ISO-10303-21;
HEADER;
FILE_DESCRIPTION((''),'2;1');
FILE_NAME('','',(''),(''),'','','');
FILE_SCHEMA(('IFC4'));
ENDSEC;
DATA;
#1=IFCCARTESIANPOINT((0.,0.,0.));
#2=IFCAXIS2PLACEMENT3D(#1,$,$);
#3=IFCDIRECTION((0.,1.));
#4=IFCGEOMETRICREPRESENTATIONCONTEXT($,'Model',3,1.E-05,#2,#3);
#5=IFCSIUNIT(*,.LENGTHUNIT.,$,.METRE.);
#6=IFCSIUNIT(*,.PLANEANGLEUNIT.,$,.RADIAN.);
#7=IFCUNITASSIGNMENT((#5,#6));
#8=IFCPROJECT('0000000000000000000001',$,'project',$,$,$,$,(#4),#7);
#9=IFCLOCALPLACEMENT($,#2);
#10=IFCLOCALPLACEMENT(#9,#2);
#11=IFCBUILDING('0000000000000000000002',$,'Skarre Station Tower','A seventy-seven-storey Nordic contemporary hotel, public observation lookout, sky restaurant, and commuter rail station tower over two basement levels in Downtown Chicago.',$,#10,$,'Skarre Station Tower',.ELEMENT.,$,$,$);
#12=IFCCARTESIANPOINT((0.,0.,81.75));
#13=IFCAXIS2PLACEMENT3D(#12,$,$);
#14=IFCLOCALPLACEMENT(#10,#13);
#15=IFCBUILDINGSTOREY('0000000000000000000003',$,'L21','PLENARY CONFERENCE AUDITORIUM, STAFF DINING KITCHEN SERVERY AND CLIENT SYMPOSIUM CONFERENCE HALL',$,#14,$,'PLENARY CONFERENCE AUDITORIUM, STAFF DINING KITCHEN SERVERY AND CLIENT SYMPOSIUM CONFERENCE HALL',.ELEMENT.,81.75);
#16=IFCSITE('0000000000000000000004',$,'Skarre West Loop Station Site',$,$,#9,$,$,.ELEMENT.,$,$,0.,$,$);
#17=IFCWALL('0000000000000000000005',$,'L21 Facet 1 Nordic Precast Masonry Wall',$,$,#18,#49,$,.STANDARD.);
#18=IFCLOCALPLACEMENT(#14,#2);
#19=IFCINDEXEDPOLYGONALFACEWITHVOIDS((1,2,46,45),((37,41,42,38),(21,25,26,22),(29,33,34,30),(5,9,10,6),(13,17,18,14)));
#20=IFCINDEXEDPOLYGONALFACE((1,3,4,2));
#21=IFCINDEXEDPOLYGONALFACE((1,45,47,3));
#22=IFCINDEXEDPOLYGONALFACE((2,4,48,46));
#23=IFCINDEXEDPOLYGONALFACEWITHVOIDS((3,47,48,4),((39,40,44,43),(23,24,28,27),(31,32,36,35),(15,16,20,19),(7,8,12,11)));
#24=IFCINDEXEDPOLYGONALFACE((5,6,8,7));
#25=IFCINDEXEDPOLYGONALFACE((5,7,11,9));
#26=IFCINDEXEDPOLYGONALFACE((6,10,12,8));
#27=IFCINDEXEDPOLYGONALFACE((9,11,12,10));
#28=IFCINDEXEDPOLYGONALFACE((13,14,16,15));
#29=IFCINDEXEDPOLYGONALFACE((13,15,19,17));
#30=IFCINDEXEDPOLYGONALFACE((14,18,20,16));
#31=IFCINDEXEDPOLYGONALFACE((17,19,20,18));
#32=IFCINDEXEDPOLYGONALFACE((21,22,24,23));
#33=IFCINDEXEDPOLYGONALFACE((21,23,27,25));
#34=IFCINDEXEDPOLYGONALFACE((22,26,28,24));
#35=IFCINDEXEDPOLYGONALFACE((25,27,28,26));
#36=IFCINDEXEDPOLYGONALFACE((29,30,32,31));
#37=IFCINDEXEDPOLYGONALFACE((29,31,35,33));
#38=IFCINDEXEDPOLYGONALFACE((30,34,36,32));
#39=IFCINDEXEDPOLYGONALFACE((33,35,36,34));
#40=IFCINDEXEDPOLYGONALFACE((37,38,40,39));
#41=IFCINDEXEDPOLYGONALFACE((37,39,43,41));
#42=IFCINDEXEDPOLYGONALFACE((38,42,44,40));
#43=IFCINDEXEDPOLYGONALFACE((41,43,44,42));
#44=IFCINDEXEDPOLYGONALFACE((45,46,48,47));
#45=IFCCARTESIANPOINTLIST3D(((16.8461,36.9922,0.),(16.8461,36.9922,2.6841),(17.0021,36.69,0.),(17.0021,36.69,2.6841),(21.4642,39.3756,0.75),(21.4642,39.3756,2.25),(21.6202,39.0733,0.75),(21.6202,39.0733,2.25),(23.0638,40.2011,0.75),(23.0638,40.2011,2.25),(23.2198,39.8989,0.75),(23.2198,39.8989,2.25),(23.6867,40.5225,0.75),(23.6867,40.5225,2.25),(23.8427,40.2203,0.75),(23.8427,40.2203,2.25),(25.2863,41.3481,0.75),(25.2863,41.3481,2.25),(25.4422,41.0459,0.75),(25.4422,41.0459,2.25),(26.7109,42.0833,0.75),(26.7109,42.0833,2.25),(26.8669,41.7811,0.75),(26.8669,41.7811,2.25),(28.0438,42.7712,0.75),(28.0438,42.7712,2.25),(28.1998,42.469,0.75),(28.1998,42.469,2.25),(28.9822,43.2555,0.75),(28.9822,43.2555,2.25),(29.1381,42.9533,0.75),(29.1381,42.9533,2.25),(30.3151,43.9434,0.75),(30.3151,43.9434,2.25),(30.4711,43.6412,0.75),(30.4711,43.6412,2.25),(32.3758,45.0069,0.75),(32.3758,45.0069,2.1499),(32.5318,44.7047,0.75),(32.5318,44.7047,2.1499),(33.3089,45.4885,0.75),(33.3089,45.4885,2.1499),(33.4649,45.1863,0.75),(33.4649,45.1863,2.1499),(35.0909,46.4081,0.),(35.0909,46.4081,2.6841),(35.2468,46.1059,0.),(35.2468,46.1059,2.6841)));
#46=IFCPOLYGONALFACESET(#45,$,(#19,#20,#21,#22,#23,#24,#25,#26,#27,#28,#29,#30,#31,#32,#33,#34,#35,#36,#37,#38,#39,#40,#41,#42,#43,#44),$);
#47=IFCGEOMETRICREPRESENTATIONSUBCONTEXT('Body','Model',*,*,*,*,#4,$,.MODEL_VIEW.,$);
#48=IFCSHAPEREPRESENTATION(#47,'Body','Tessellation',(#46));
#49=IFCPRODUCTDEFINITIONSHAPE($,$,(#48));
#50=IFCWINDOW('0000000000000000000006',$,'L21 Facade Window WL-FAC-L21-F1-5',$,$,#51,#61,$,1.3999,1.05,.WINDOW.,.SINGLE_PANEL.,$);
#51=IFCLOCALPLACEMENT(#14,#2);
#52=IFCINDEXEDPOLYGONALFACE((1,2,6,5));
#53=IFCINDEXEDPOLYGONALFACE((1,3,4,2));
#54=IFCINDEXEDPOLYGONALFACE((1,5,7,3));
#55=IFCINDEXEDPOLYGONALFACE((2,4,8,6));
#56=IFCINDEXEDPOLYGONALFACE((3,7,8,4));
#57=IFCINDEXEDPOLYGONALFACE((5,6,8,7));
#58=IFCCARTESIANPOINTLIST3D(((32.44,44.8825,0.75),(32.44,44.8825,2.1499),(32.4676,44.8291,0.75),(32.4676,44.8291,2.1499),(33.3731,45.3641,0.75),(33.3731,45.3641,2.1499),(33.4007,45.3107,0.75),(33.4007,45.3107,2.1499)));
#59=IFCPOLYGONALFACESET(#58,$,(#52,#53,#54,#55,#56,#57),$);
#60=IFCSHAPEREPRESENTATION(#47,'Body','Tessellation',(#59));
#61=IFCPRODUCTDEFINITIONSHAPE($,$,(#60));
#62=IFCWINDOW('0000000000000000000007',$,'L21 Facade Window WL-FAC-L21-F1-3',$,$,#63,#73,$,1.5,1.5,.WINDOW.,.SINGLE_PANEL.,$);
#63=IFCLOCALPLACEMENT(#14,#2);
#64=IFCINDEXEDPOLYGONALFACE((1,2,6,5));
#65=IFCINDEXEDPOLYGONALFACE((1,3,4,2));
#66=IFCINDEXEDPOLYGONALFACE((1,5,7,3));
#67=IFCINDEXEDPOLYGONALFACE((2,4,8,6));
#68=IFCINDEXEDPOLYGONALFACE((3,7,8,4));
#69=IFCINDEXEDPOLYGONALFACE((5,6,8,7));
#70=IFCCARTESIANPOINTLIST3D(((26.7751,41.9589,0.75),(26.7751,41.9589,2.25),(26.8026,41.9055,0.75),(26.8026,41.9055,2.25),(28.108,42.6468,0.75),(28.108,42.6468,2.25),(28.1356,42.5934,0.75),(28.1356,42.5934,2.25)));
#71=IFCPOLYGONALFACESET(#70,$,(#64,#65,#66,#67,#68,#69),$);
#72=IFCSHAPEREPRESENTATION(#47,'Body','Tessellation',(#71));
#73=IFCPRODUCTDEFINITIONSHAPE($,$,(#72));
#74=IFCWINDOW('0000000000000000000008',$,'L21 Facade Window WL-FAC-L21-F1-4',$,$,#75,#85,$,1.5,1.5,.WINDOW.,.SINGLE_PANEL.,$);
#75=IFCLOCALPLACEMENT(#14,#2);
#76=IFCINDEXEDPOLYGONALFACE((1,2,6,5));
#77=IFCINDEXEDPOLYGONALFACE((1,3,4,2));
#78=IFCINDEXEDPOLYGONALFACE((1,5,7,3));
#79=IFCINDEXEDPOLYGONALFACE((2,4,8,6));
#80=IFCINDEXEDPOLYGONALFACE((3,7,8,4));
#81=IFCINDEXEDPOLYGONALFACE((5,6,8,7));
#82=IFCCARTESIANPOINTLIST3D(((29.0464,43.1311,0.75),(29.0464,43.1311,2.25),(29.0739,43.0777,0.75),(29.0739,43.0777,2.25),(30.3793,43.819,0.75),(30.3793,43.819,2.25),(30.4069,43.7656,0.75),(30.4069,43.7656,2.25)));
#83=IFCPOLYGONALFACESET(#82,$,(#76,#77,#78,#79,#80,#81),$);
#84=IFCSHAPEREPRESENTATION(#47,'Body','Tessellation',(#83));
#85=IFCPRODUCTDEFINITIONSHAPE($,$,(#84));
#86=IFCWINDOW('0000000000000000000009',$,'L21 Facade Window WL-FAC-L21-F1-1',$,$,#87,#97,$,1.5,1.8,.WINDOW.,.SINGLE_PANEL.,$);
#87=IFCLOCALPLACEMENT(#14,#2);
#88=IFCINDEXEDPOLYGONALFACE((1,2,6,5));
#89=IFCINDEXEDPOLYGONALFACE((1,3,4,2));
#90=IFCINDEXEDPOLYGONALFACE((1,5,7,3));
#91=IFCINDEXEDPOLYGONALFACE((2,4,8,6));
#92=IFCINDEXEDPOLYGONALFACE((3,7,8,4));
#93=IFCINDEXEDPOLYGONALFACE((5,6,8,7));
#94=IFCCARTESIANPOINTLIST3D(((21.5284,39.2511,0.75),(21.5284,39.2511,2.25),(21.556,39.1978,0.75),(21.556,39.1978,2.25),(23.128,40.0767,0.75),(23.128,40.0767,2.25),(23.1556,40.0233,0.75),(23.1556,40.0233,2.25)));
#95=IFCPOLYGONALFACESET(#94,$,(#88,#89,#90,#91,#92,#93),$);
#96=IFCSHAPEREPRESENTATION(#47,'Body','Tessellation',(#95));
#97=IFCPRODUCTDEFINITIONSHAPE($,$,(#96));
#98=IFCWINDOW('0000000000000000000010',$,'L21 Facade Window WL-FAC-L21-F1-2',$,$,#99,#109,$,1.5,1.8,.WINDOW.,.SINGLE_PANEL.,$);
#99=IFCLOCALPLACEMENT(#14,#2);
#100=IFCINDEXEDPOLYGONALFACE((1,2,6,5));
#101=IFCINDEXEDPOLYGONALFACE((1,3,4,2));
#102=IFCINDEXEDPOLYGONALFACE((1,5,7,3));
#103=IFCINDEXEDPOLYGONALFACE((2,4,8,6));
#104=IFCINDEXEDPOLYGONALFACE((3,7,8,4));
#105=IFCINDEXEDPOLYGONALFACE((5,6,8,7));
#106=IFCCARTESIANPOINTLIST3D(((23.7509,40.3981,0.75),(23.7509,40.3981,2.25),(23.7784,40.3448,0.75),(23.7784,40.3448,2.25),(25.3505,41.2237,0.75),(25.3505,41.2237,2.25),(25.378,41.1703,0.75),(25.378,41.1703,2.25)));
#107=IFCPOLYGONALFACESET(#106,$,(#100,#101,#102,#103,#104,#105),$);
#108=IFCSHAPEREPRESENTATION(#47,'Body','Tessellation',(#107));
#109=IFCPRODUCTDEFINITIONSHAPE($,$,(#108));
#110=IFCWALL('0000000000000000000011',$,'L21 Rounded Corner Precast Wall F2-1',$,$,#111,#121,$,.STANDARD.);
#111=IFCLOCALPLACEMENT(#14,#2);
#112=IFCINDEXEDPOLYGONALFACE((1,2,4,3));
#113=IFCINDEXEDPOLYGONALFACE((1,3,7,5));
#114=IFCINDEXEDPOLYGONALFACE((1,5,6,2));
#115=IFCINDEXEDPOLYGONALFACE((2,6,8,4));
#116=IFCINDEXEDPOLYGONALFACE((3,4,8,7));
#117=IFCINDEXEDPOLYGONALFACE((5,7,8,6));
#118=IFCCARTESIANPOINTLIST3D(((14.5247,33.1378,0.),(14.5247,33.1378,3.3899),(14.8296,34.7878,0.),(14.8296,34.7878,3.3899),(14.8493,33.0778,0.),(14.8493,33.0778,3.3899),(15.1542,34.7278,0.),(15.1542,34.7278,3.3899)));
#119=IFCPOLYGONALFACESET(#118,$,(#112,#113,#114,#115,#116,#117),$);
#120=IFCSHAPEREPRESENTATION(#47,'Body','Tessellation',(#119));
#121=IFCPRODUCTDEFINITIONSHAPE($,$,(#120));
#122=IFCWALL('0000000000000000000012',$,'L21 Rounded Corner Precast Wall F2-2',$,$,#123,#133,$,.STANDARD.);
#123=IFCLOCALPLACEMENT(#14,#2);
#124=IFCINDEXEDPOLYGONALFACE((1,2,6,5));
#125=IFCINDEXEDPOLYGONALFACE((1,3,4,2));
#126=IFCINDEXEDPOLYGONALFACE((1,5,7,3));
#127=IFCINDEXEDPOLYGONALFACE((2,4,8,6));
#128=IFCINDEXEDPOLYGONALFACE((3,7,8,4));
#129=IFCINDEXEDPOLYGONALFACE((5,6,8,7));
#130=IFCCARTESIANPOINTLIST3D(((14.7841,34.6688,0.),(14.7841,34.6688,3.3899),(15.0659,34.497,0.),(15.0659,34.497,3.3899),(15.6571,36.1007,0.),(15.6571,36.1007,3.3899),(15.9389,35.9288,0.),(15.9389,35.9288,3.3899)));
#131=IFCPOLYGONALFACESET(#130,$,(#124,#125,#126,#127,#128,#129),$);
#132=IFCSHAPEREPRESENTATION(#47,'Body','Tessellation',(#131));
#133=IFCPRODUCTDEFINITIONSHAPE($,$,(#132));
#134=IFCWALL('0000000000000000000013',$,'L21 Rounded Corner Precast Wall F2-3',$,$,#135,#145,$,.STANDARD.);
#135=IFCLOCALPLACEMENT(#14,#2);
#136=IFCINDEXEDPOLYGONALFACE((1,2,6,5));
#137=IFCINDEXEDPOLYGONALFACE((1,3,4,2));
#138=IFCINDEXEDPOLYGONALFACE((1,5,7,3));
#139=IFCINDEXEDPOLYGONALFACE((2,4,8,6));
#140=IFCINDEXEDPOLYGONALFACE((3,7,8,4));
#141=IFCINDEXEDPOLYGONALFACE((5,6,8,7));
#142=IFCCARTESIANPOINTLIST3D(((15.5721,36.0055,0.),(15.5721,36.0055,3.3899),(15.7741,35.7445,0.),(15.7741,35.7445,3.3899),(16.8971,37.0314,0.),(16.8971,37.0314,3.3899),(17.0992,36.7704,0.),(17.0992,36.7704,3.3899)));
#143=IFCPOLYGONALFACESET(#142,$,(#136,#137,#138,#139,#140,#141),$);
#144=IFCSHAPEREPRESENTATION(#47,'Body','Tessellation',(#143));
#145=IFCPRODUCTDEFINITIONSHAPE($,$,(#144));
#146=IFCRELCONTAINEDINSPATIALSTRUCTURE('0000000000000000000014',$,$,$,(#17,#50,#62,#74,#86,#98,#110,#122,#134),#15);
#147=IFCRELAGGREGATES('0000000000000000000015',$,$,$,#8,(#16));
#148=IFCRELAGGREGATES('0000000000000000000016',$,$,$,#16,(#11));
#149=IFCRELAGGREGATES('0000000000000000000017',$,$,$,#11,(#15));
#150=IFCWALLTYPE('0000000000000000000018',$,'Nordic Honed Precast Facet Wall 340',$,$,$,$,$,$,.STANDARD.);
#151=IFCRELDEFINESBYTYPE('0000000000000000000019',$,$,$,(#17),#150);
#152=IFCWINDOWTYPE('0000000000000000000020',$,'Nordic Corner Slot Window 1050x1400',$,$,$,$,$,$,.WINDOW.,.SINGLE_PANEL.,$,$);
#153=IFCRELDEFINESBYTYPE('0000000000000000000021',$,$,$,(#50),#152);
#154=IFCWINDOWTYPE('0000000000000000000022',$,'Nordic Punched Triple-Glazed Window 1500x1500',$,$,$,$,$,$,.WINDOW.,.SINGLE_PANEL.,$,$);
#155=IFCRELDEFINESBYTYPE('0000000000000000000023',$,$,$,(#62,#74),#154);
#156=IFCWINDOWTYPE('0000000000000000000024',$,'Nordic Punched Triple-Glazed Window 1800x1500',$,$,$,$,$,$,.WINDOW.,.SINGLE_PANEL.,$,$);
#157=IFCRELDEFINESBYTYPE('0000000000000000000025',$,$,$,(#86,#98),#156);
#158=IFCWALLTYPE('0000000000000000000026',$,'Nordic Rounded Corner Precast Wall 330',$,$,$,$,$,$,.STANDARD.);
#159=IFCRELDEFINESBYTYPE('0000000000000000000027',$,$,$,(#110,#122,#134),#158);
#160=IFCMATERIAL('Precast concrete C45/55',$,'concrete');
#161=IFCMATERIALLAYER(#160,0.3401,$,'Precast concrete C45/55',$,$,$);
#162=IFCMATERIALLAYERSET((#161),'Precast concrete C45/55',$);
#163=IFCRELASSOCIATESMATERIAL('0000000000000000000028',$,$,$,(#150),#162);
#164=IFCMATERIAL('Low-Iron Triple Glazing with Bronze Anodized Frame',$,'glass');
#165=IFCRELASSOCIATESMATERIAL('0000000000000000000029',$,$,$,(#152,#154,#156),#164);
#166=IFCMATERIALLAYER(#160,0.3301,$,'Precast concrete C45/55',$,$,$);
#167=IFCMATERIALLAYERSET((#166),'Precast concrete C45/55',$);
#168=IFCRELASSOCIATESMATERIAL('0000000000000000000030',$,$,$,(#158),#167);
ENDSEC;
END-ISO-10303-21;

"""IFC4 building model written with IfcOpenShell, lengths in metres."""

from ifc_helpers import new_model, si_unit, direction, frame, frame_2d, origin, place, context, subcontext, project, spatial, rectangle, extrude, material, layer, layer_set, type_object, element, fill, save


model = new_model("IFC4")

# Units and contexts
model_context = context("Model", 3, precision=1e-05, world=origin(), true_north=direction((0.0, 1.0)))
body_context = subcontext(model_context, "Body", "Model", "MODEL_VIEW")
ifc_project = project(units=[si_unit("LENGTHUNIT", "METRE"), si_unit("PLANEANGLEUNIT", "RADIAN")], contexts=[model_context])

# Site, building, storey
site_placement = place(None, origin())
site = spatial("IfcSite", under=ifc_project, at=site_placement, Name="Skarre West Loop Station Site", CompositionType="ELEMENT", RefElevation=0.0)
building_placement = place(site_placement, origin())
building = spatial("IfcBuilding", under=site, at=building_placement, Name="Skarre Station Tower", Description="A seventy-seven-storey Nordic contemporary hotel, public observation lookout, sky restaurant, and commuter rail station tower over two basement levels in Downtown Chicago.", LongName="Skarre Station Tower", CompositionType="ELEMENT")
storey_placement = place(building_placement, frame((0.0, 0.0, 81.75)))
storey = spatial("IfcBuildingStorey", under=building, at=storey_placement, Name="L21", Description="PLENARY CONFERENCE AUDITORIUM, STAFF DINING KITCHEN SERVERY AND CLIENT SYMPOSIUM CONFERENCE HALL", LongName="PLENARY CONFERENCE AUDITORIUM, STAFF DINING KITCHEN SERVERY AND CLIENT SYMPOSIUM CONFERENCE HALL", CompositionType="ELEMENT", Elevation=81.75)

# Wall, openings, windows
ifc_material_1 = material(Name="Precast concrete C45/55", Category="concrete")
ifc_layer_1 = layer(ifc_material_1, 0.3401, Name="Precast concrete C45/55")
ifc_layer_set_1 = layer_set([ifc_layer_1], Name="Precast concrete C45/55")
wall_type_1 = type_object("IfcWallType", Name="Nordic Honed Precast Facet Wall 340", PredefinedType="STANDARD", material=ifc_layer_set_1)
wall_1_placement = place(storey_placement, frame((16.9241, 36.8411, 0.0), z_axis=(0.0, 0.0, 1.0), x_axis=(0.888634, 0.458616, 0.0)))
wall_1 = element("IfcWall", 1, at=wall_1_placement, inside=storey, type_object=wall_type_1, Name="L21 Facet 1 Nordic Precast Masonry Wall", PredefinedType="STANDARD", context=body_context, shape_type="SweptSolid", body=[
    extrude(rectangle(XDim=20.5312, YDim=0.3401, at=frame_2d((10.2656, 0.0))), origin(), (0.0, 0.0, 1.0), 2.6841),
])
opening_1_placement = place(wall_1_placement, frame((5.197, 0.0, 0.75)))
opening_1 = element("IfcOpeningElement", 2, at=opening_1_placement, cuts=wall_1, PredefinedType="OPENING", context=body_context, shape_type="SweptSolid", body=[
    extrude(rectangle(XDim=1.8, YDim=1.5, at=frame_2d((0.8999, 0.75))), frame((0.0, 0.1799, 0.0), z_axis=(0.0, -1.0, 0.0), x_axis=(1.0, 0.0, 0.0)), (0.0, 0.0, 1.0), 0.3601),
])
opening_2_placement = place(wall_1_placement, frame((7.698, 0.0, 0.75)))
opening_2 = element("IfcOpeningElement", 3, at=opening_2_placement, cuts=wall_1, PredefinedType="OPENING", context=body_context, shape_type="SweptSolid", body=[
    extrude(rectangle(XDim=1.8, YDim=1.5, at=frame_2d((0.8999, 0.75))), frame((0.0, 0.1799, 0.0), z_axis=(0.0, -1.0, 0.0), x_axis=(1.0, 0.0, 0.0)), (0.0, 0.0, 1.0), 0.3601),
])
opening_3_placement = place(wall_1_placement, frame((11.1011, 0.0, 0.75)))
opening_3 = element("IfcOpeningElement", 4, at=opening_3_placement, cuts=wall_1, PredefinedType="OPENING", context=body_context, shape_type="SweptSolid", body=[
    extrude(rectangle(XDim=1.5, YDim=1.5, at=frame_2d((0.75, 0.75))), frame((0.0, 0.1799, 0.0), z_axis=(0.0, -1.0, 0.0), x_axis=(1.0, 0.0, 0.0)), (0.0, 0.0, 1.0), 0.3601),
])
opening_4_placement = place(wall_1_placement, frame((13.657, 0.0, 0.75)))
opening_4 = element("IfcOpeningElement", 5, at=opening_4_placement, cuts=wall_1, PredefinedType="OPENING", context=body_context, shape_type="SweptSolid", body=[
    extrude(rectangle(XDim=1.5, YDim=1.5, at=frame_2d((0.75, 0.75))), frame((0.0, 0.1799, 0.0), z_axis=(0.0, -1.0, 0.0), x_axis=(1.0, 0.0, 0.0)), (0.0, 0.0, 1.0), 0.3601),
])
opening_5_placement = place(wall_1_placement, frame((17.4761, 0.0, 0.75)))
opening_5 = element("IfcOpeningElement", 6, at=opening_5_placement, cuts=wall_1, PredefinedType="OPENING", context=body_context, shape_type="SweptSolid", body=[
    extrude(rectangle(XDim=1.05, YDim=1.3999, at=frame_2d((0.5249, 0.7))), frame((0.0, 0.1799, 0.0), z_axis=(0.0, -1.0, 0.0), x_axis=(1.0, 0.0, 0.0)), (0.0, 0.0, 1.0), 0.3601),
])
ifc_material_2 = material(Name="Low-Iron Triple Glazing with Bronze Anodized Frame", Category="glass")
window_type_1 = type_object("IfcWindowType", Name="Nordic Corner Slot Window 1050x1400", PartitioningType="SINGLE_PANEL", PredefinedType="WINDOW", material=ifc_material_2)
window_1_placement = place(opening_5_placement, origin())
window_1 = element("IfcWindow", 7, at=window_1_placement, inside=storey, type_object=window_type_1, Name="L21 Facade Window WL-FAC-L21-F1-5", OverallHeight=1.3999, OverallWidth=1.05, PartitioningType="SINGLE_PANEL", PredefinedType="WINDOW", context=body_context, shape_type="SweptSolid", body=[
    extrude(rectangle(XDim=1.05, YDim=1.3999, at=frame_2d((0.5249, 0.7))), frame((0.0, 0.03, 0.0), z_axis=(0.0, -1.0, 0.0), x_axis=(1.0, 0.0, 0.0)), (0.0, 0.0, 1.0), 0.0601),
])
fill(opening_5, window_1)
window_type_2 = type_object("IfcWindowType", Name="Nordic Punched Triple-Glazed Window 1500x1500", PartitioningType="SINGLE_PANEL", PredefinedType="WINDOW", material=ifc_material_2)
window_2_placement = place(opening_3_placement, origin())
window_2 = element("IfcWindow", 8, at=window_2_placement, inside=storey, type_object=window_type_2, Name="L21 Facade Window WL-FAC-L21-F1-3", OverallHeight=1.5, OverallWidth=1.5, PartitioningType="SINGLE_PANEL", PredefinedType="WINDOW", context=body_context, shape_type="SweptSolid", body=[
    extrude(rectangle(XDim=1.5, YDim=1.5, at=frame_2d((0.75, 0.75))), frame((0.0, 0.03, 0.0), z_axis=(0.0, -1.0, 0.0), x_axis=(1.0, 0.0, 0.0)), (0.0, 0.0, 1.0), 0.0601),
])
fill(opening_3, window_2)
window_3_placement = place(opening_4_placement, origin())
window_3 = element("IfcWindow", 9, at=window_3_placement, inside=storey, type_object=window_type_2, Name="L21 Facade Window WL-FAC-L21-F1-4", OverallHeight=1.5, OverallWidth=1.5, PartitioningType="SINGLE_PANEL", PredefinedType="WINDOW", context=body_context, shape_type="SweptSolid", body=[
    extrude(rectangle(XDim=1.5, YDim=1.5, at=frame_2d((0.75, 0.75))), frame((0.0, 0.03, 0.0), z_axis=(0.0, -1.0, 0.0), x_axis=(1.0, 0.0, 0.0)), (0.0, 0.0, 1.0), 0.0601),
])
fill(opening_4, window_3)
window_type_3 = type_object("IfcWindowType", Name="Nordic Punched Triple-Glazed Window 1800x1500", PartitioningType="SINGLE_PANEL", PredefinedType="WINDOW", material=ifc_material_2)
window_4_placement = place(opening_1_placement, origin())
window_4 = element("IfcWindow", 10, at=window_4_placement, inside=storey, type_object=window_type_3, Name="L21 Facade Window WL-FAC-L21-F1-1", OverallHeight=1.5, OverallWidth=1.8, PartitioningType="SINGLE_PANEL", PredefinedType="WINDOW", context=body_context, shape_type="SweptSolid", body=[
    extrude(rectangle(XDim=1.8, YDim=1.5, at=frame_2d((0.8999, 0.75))), frame((0.0, 0.03, 0.0), z_axis=(0.0, -1.0, 0.0), x_axis=(1.0, 0.0, 0.0)), (0.0, 0.0, 1.0), 0.0601),
])
fill(opening_1, window_4)
window_5_placement = place(opening_2_placement, origin())
window_5 = element("IfcWindow", 11, at=window_5_placement, inside=storey, type_object=window_type_3, Name="L21 Facade Window WL-FAC-L21-F1-2", OverallHeight=1.5, OverallWidth=1.8, PartitioningType="SINGLE_PANEL", PredefinedType="WINDOW", context=body_context, shape_type="SweptSolid", body=[
    extrude(rectangle(XDim=1.8, YDim=1.5, at=frame_2d((0.8999, 0.75))), frame((0.0, 0.03, 0.0), z_axis=(0.0, -1.0, 0.0), x_axis=(1.0, 0.0, 0.0)), (0.0, 0.0, 1.0), 0.0601),
])
fill(opening_2, window_5)

# Walls
ifc_layer_2 = layer(ifc_material_1, 0.3301, Name="Precast concrete C45/55")
ifc_layer_set_2 = layer_set([ifc_layer_2], Name="Precast concrete C45/55")
wall_type_2 = type_object("IfcWallType", Name="Nordic Rounded Corner Precast Wall 330", PredefinedType="STANDARD", material=ifc_layer_set_2)
wall_2_placement = place(storey_placement, frame((14.687, 33.1079, 0.0), z_axis=(0.0, 0.0, 1.0), x_axis=(0.181714, 0.983351, 0.0)))
element("IfcWall", 12, at=wall_2_placement, inside=storey, type_object=wall_type_2, Name="L21 Rounded Corner Precast Wall F2-1", PredefinedType="STANDARD", context=body_context, shape_type="SweptSolid", body=[
    extrude(rectangle(XDim=1.678, YDim=0.3301, at=frame_2d((0.8389, 0.0))), origin(), (0.0, 0.0, 1.0), 3.3899),
])
wall_3_placement = place(storey_placement, frame((14.925, 34.583, 0.0), z_axis=(0.0, 0.0, 1.0), x_axis=(0.520584, 0.85381, 0.0)))
element("IfcWall", 13, at=wall_3_placement, inside=storey, type_object=wall_type_2, Name="L21 Rounded Corner Precast Wall F2-2", PredefinedType="STANDARD", context=body_context, shape_type="SweptSolid", body=[
    extrude(rectangle(XDim=1.677, YDim=0.3301, at=frame_2d((0.8384, 0.0))), origin(), (0.0, 0.0, 1.0), 3.3899),
])
wall_4_placement = place(storey_placement, frame((15.6731, 35.875, 0.0), z_axis=(0.0, 0.0, 1.0), x_axis=(0.790692, 0.612214, 0.0)))
element("IfcWall", 14, at=wall_4_placement, inside=storey, type_object=wall_type_2, Name="L21 Rounded Corner Precast Wall F2-3", PredefinedType="STANDARD", context=body_context, shape_type="SweptSolid", body=[
    extrude(rectangle(XDim=1.6758, YDim=0.3301, at=frame_2d((0.8379, 0.0))), origin(), (0.0, 0.0, 1.0), 3.3899),
])

save(model, "model.ifc")
